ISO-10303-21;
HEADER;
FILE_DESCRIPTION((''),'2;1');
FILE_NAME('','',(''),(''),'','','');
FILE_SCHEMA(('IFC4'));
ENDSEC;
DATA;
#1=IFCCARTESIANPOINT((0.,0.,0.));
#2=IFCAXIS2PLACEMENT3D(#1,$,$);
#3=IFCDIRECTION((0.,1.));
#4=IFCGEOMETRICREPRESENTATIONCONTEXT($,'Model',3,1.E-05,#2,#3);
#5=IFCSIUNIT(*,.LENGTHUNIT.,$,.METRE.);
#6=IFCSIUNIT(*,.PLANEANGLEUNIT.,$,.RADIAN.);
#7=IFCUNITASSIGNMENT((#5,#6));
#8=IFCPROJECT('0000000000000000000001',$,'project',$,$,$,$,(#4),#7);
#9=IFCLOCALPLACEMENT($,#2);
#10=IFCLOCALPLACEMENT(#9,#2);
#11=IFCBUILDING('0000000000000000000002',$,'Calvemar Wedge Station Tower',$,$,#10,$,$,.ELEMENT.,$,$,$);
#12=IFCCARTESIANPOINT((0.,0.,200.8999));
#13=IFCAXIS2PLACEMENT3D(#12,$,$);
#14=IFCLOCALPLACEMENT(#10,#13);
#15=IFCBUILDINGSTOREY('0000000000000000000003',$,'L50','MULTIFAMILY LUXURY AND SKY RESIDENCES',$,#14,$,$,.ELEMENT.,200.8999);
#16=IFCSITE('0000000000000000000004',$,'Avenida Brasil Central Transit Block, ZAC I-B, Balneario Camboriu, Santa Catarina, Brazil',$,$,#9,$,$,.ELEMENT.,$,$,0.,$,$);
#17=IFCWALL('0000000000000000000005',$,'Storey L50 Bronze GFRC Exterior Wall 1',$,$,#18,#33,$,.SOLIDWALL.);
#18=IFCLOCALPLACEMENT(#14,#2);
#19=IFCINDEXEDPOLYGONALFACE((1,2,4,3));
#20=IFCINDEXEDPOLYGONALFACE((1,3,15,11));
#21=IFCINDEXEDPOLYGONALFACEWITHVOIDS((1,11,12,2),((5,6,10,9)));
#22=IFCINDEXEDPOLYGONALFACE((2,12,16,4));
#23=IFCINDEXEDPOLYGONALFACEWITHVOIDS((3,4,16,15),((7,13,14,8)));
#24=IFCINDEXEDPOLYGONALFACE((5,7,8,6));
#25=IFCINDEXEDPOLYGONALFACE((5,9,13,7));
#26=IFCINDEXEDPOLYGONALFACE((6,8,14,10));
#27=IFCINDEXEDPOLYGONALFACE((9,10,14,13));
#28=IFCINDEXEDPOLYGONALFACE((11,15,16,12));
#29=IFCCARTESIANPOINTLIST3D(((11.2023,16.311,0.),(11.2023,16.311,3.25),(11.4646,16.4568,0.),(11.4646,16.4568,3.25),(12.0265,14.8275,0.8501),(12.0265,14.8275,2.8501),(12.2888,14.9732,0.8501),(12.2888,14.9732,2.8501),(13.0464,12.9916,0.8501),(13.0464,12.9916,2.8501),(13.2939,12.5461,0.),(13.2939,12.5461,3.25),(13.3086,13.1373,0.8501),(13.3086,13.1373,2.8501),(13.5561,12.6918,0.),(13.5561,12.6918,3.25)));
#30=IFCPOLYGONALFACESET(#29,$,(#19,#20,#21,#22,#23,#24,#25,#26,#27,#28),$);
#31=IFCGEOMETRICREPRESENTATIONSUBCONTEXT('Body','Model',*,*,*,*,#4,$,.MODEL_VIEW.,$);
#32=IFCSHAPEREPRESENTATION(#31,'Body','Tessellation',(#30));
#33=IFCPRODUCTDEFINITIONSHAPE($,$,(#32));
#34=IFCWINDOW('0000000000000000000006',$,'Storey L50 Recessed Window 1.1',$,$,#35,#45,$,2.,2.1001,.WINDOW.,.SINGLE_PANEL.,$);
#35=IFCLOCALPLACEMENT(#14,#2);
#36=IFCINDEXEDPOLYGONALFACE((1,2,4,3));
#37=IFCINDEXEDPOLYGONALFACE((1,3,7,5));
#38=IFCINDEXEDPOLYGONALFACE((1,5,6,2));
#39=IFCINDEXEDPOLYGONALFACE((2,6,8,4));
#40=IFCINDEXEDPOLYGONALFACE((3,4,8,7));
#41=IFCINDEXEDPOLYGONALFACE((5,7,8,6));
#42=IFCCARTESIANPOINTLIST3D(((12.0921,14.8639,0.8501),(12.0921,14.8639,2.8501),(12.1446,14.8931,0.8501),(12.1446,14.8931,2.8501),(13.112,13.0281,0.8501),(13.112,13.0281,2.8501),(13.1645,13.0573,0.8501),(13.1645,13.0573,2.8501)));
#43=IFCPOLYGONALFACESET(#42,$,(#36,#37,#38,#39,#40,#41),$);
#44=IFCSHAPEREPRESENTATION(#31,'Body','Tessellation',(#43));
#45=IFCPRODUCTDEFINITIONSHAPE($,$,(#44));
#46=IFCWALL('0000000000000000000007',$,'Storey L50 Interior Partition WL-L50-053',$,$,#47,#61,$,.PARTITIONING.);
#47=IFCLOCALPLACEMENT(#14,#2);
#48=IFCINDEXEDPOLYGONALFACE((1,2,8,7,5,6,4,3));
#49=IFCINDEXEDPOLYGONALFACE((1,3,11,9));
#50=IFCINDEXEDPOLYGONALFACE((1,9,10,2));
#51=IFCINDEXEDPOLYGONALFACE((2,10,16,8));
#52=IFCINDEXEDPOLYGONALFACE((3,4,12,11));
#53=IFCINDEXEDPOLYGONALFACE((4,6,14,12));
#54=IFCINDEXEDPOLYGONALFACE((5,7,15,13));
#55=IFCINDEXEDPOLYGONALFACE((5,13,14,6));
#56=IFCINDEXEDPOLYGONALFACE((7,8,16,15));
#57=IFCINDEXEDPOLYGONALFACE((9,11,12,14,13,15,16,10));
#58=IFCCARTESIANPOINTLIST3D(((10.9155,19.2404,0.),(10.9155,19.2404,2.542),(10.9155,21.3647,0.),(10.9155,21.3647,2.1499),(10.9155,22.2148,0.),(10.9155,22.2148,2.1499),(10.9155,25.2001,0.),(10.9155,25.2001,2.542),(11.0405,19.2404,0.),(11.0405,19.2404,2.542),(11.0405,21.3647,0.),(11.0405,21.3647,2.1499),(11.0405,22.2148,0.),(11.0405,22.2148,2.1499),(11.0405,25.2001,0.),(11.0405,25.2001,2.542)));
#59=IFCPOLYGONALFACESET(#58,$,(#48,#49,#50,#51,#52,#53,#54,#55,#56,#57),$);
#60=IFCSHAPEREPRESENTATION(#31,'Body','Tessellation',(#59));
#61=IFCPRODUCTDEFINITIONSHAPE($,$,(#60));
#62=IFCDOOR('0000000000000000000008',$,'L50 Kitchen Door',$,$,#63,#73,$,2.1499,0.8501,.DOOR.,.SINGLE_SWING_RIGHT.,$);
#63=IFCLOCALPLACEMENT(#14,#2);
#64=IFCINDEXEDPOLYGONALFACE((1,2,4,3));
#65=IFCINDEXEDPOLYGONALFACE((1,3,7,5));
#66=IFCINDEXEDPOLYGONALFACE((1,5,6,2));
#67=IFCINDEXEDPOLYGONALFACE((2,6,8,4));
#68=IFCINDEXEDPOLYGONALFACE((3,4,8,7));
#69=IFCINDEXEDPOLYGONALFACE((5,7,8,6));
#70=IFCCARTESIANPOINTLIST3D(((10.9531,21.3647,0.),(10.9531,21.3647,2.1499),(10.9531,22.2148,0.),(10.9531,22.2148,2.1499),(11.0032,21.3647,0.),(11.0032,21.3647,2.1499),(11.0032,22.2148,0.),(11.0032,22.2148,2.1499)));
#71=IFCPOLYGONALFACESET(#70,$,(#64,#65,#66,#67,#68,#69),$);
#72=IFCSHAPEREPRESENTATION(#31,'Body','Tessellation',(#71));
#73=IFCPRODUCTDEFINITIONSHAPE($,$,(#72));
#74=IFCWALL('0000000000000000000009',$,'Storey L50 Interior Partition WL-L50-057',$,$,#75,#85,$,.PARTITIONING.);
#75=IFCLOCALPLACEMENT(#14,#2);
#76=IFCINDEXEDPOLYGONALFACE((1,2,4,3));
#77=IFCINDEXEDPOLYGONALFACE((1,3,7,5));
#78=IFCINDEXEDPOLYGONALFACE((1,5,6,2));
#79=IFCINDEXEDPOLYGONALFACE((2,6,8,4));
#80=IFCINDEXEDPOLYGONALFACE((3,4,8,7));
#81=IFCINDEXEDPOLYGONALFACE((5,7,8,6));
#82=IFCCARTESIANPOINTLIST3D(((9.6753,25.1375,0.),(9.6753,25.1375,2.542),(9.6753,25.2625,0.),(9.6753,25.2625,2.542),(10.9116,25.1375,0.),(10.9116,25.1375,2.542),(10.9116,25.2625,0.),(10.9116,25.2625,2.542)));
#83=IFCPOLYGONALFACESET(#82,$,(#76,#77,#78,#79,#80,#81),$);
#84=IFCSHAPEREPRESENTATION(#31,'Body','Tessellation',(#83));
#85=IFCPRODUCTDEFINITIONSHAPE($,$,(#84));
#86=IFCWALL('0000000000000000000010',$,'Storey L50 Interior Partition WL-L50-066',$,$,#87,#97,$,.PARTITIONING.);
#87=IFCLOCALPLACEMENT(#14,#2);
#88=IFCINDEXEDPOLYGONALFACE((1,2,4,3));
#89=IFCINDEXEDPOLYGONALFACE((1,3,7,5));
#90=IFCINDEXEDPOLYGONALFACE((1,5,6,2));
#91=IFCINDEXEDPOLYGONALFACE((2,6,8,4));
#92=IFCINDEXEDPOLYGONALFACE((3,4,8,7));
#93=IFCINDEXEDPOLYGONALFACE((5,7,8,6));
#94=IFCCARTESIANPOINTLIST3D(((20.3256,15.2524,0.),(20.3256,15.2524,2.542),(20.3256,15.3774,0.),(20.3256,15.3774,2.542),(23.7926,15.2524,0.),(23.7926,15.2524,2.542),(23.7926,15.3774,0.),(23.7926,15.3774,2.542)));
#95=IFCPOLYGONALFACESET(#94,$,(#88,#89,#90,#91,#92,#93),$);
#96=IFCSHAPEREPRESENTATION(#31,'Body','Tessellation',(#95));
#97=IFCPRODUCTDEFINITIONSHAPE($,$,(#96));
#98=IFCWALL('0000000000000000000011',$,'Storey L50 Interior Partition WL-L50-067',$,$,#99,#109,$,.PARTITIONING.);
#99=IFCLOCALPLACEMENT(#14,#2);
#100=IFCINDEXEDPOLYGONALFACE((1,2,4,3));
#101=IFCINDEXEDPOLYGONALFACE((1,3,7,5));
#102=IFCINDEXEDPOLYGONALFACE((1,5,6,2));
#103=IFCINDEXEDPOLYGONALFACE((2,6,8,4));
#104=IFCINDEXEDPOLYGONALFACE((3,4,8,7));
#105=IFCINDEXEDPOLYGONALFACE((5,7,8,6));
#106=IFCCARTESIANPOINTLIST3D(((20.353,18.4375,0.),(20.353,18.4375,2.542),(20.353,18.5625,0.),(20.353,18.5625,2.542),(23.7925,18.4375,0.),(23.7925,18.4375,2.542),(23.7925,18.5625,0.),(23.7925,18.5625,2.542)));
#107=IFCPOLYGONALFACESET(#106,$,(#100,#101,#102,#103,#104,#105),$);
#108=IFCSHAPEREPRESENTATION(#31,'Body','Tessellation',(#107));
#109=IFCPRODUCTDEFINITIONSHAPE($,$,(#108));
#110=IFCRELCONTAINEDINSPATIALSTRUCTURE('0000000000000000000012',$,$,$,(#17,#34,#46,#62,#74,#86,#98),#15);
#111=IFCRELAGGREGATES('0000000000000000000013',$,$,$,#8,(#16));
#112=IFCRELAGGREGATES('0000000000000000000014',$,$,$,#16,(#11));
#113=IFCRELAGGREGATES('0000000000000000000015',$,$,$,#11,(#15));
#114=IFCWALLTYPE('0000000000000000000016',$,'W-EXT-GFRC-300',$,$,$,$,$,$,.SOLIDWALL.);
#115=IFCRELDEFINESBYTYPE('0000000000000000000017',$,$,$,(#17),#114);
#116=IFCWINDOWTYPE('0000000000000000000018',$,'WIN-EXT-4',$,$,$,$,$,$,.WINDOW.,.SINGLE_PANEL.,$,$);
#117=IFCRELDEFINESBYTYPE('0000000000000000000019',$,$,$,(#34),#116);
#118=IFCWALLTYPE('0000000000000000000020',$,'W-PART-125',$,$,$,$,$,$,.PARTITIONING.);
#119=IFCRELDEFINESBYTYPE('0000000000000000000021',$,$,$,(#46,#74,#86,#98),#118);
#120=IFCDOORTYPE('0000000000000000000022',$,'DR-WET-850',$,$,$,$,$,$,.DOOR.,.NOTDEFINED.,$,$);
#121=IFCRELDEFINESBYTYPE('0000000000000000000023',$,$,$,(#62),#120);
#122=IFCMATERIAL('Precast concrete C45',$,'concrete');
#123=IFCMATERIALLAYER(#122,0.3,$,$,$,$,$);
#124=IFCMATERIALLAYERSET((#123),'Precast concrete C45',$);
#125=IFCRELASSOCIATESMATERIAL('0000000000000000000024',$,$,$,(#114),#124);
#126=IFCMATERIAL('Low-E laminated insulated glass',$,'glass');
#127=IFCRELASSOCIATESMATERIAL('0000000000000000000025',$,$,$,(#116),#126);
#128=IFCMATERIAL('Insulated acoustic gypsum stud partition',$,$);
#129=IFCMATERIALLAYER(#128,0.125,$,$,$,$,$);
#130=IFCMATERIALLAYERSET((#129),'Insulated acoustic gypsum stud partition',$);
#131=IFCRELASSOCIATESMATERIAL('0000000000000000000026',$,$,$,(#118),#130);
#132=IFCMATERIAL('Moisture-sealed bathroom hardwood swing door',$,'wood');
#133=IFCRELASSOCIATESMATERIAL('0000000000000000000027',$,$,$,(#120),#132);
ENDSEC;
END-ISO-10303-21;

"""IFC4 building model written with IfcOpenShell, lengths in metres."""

from ifc_helpers import new_model, si_unit, direction, frame, frame_2d, origin, place, context, subcontext, project, spatial, rectangle, extrude, source, transform, mapped, material, layer, layer_set, type_object, element, fill, save


model = new_model("IFC4")

# Units and contexts
model_context = context("Model", 3, precision=1e-05, world=origin(), true_north=direction((0.0, 1.0)))
body_context = subcontext(model_context, "Body", "Model", "MODEL_VIEW")
ifc_project = project(units=[si_unit("LENGTHUNIT", "METRE"), si_unit("PLANEANGLEUNIT", "RADIAN")], contexts=[model_context])

# Site, building, storey
site_placement = place(None, origin())
site = spatial("IfcSite", under=ifc_project, at=site_placement, Name="Avenida Brasil Central Transit Block, ZAC I-B, Balneario Camboriu, Santa Catarina, Brazil", CompositionType="ELEMENT", RefElevation=0.0)
building_placement = place(site_placement, origin())
building = spatial("IfcBuilding", under=site, at=building_placement, Name="Calvemar Wedge Station Tower", CompositionType="ELEMENT")
storey_placement = place(building_placement, frame((0.0, 0.0, 200.8999)))
storey = spatial("IfcBuildingStorey", under=building, at=storey_placement, Name="L50", Description="MULTIFAMILY LUXURY AND SKY RESIDENCES", CompositionType="ELEMENT", Elevation=200.8999)

# Wall, opening, window
ifc_material_1 = material(Name="Precast concrete C45", Category="concrete")
ifc_layer_1 = layer(ifc_material_1, 0.3)
ifc_layer_set_1 = layer_set([ifc_layer_1], Name="Precast concrete C45")
wall_type_1 = type_object("IfcWallType", Name="W-EXT-GFRC-300", PredefinedType="SOLIDWALL", material=ifc_layer_set_1)
wall_1_placement = place(storey_placement, frame((11.3335, 16.3838, 0.0), z_axis=(0.0, 0.0, 1.0), x_axis=(0.485633, -0.874163, 0.0)))
wall_1 = element("IfcWall", 1, at=wall_1_placement, inside=storey, type_object=wall_type_1, Name="Storey L50 Bronze GFRC Exterior Wall 1", PredefinedType="SOLIDWALL", context=body_context, shape_type="SweptSolid", body=[
    extrude(rectangle(XDim=4.3069, YDim=0.3, at=frame_2d((2.1533, 0.0))), origin(), (0.0, 0.0, 1.0), 3.25),
])
shared_shape_1 = source(origin(), body_context, "Body", "SweptSolid", [
    extrude(rectangle(XDim=2.1001, YDim=2.0, at=frame_2d((1.05, 1.0))), frame((0.0, 0.1602, 0.0), z_axis=(0.0, -1.0, 0.0), x_axis=(1.0, 0.0, 0.0)), (0.0, 0.0, 1.0), 0.3201),
])
opening_1_placement = place(wall_1_placement, frame((1.697, 0.0, 0.8501)))
opening_1 = element("IfcOpeningElement", 2, at=opening_1_placement, cuts=wall_1, PredefinedType="OPENING", context=body_context, shape_type="MappedRepresentation", body=[
    mapped(shared_shape_1, transform((0.0, 0.0, 0.0), scale=1.0)),
])
ifc_material_2 = material(Name="Low-E laminated insulated glass", Category="glass")
window_type = type_object("IfcWindowType", Name="WIN-EXT-4", PartitioningType="SINGLE_PANEL", PredefinedType="WINDOW", material=ifc_material_2)
shared_shape_2 = source(origin(), body_context, "Body", "SweptSolid", [
    extrude(rectangle(XDim=2.1001, YDim=2.0, at=frame_2d((1.05, 1.0))), frame((0.0, -0.0149, 0.0), z_axis=(0.0, -1.0, 0.0), x_axis=(1.0, 0.0, 0.0)), (0.0, 0.0, 1.0), 0.0601),
])
window_placement = place(opening_1_placement, origin())
window = element("IfcWindow", 3, at=window_placement, inside=storey, type_object=window_type, Name="Storey L50 Recessed Window 1.1", OverallHeight=2.0, OverallWidth=2.1001, PartitioningType="SINGLE_PANEL", PredefinedType="WINDOW", context=body_context, shape_type="MappedRepresentation", body=[
    mapped(shared_shape_2, transform((0.0, 0.0, 0.0), scale=1.0)),
])
fill(opening_1, window)

# Wall, opening, door
ifc_material_3 = material(Name="Insulated acoustic gypsum stud partition")
ifc_layer_2 = layer(ifc_material_3, 0.125)
ifc_layer_set_2 = layer_set([ifc_layer_2], Name="Insulated acoustic gypsum stud partition")
wall_type_2 = type_object("IfcWallType", Name="W-PART-125", PredefinedType="PARTITIONING", material=ifc_layer_set_2)
wall_2_placement = place(storey_placement, frame((10.978, 19.2402, 0.0), z_axis=(0.0, 0.0, 1.0), x_axis=(0.0, 1.0, 0.0)))
wall_2 = element("IfcWall", 4, at=wall_2_placement, inside=storey, type_object=wall_type_2, Name="Storey L50 Interior Partition WL-L50-053", PredefinedType="PARTITIONING", context=body_context, shape_type="SweptSolid", body=[
    extrude(rectangle(XDim=5.9597, YDim=0.125, at=frame_2d((2.98, 0.0))), origin(), (0.0, 0.0, 1.0), 2.542),
])
shared_shape_3 = source(origin(), body_context, "Body", "SweptSolid", [
    extrude(rectangle(XDim=0.8501, YDim=2.1499, at=frame_2d((0.425, 1.075))), frame((0.0, 0.0725, 0.0), z_axis=(0.0, -1.0, 0.0), x_axis=(1.0, 0.0, 0.0)), (0.0, 0.0, 1.0), 0.145),
])
opening_2_placement = place(wall_2_placement, frame((2.1245, 0.0, 0.0)))
opening_2 = element("IfcOpeningElement", 5, at=opening_2_placement, cuts=wall_2, PredefinedType="OPENING", context=body_context, shape_type="MappedRepresentation", body=[
    mapped(shared_shape_3, transform((0.0, 0.0, 0.0), scale=1.0)),
])
ifc_material_4 = material(Name="Moisture-sealed bathroom hardwood swing door", Category="wood")
door_type_1 = type_object("IfcDoorType", Name="DR-WET-850", OperationType="NOTDEFINED", PredefinedType="DOOR", material=ifc_material_4)
shared_shape_4 = source(origin(), body_context, "Body", "SweptSolid", [
    extrude(rectangle(XDim=0.8501, YDim=2.1499, at=frame_2d((0.425, 1.075))), frame((0.0, 0.0249, 0.0), z_axis=(0.0, -1.0, 0.0), x_axis=(1.0, 0.0, 0.0)), (0.0, 0.0, 1.0), 0.05),
])
door_1_placement = place(opening_2_placement, origin())
door_1 = element("IfcDoor", 6, at=door_1_placement, inside=storey, type_object=door_type_1, Name="L50 Kitchen Door", OperationType="SINGLE_SWING_RIGHT", OverallHeight=2.1499, OverallWidth=0.8501, PredefinedType="DOOR", context=body_context, shape_type="MappedRepresentation", body=[
    mapped(shared_shape_4, transform((0.0, 0.0, 0.0), scale=1.0)),
])
fill(opening_2, door_1)

# Wall
wall_3_placement = place(storey_placement, frame((9.6753, 25.2, 0.0), z_axis=(0.0, 0.0, 1.0), x_axis=(1.0, 0.0, 0.0)))
element("IfcWall", 7, at=wall_3_placement, inside=storey, type_object=wall_type_2, Name="Storey L50 Interior Partition WL-L50-057", PredefinedType="PARTITIONING", context=body_context, shape_type="SweptSolid", body=[
    extrude(rectangle(XDim=1.2363, YDim=0.125, at=frame_2d((0.6182, 0.0))), origin(), (0.0, 0.0, 1.0), 2.542),
])

# Walls
wall_4_placement = place(storey_placement, frame((23.7925, 15.3149, 0.0), z_axis=(0.0, 0.0, 1.0), x_axis=(-1.0, 0.0, 0.0)))
element("IfcWall", 8, at=wall_4_placement, inside=storey, type_object=wall_type_2, Name="Storey L50 Interior Partition WL-L50-066", PredefinedType="PARTITIONING", context=body_context, shape_type="SweptSolid", body=[
    extrude(rectangle(XDim=3.467, YDim=0.125, at=frame_2d((1.7334, 0.0))), origin(), (0.0, 0.0, 1.0), 2.542),
])
wall_5_placement = place(storey_placement, frame((20.353, 18.5, 0.0), z_axis=(0.0, 0.0, 1.0), x_axis=(1.0, 0.0, 0.0)))
element("IfcWall", 9, at=wall_5_placement, inside=storey, type_object=wall_type_2, Name="Storey L50 Interior Partition WL-L50-067", PredefinedType="PARTITIONING", context=body_context, shape_type="SweptSolid", body=[
    extrude(rectangle(XDim=3.4395, YDim=0.125, at=frame_2d((1.7197, 0.0))), origin(), (0.0, 0.0, 1.0), 2.542),
])

save(model, "model.ifc")
